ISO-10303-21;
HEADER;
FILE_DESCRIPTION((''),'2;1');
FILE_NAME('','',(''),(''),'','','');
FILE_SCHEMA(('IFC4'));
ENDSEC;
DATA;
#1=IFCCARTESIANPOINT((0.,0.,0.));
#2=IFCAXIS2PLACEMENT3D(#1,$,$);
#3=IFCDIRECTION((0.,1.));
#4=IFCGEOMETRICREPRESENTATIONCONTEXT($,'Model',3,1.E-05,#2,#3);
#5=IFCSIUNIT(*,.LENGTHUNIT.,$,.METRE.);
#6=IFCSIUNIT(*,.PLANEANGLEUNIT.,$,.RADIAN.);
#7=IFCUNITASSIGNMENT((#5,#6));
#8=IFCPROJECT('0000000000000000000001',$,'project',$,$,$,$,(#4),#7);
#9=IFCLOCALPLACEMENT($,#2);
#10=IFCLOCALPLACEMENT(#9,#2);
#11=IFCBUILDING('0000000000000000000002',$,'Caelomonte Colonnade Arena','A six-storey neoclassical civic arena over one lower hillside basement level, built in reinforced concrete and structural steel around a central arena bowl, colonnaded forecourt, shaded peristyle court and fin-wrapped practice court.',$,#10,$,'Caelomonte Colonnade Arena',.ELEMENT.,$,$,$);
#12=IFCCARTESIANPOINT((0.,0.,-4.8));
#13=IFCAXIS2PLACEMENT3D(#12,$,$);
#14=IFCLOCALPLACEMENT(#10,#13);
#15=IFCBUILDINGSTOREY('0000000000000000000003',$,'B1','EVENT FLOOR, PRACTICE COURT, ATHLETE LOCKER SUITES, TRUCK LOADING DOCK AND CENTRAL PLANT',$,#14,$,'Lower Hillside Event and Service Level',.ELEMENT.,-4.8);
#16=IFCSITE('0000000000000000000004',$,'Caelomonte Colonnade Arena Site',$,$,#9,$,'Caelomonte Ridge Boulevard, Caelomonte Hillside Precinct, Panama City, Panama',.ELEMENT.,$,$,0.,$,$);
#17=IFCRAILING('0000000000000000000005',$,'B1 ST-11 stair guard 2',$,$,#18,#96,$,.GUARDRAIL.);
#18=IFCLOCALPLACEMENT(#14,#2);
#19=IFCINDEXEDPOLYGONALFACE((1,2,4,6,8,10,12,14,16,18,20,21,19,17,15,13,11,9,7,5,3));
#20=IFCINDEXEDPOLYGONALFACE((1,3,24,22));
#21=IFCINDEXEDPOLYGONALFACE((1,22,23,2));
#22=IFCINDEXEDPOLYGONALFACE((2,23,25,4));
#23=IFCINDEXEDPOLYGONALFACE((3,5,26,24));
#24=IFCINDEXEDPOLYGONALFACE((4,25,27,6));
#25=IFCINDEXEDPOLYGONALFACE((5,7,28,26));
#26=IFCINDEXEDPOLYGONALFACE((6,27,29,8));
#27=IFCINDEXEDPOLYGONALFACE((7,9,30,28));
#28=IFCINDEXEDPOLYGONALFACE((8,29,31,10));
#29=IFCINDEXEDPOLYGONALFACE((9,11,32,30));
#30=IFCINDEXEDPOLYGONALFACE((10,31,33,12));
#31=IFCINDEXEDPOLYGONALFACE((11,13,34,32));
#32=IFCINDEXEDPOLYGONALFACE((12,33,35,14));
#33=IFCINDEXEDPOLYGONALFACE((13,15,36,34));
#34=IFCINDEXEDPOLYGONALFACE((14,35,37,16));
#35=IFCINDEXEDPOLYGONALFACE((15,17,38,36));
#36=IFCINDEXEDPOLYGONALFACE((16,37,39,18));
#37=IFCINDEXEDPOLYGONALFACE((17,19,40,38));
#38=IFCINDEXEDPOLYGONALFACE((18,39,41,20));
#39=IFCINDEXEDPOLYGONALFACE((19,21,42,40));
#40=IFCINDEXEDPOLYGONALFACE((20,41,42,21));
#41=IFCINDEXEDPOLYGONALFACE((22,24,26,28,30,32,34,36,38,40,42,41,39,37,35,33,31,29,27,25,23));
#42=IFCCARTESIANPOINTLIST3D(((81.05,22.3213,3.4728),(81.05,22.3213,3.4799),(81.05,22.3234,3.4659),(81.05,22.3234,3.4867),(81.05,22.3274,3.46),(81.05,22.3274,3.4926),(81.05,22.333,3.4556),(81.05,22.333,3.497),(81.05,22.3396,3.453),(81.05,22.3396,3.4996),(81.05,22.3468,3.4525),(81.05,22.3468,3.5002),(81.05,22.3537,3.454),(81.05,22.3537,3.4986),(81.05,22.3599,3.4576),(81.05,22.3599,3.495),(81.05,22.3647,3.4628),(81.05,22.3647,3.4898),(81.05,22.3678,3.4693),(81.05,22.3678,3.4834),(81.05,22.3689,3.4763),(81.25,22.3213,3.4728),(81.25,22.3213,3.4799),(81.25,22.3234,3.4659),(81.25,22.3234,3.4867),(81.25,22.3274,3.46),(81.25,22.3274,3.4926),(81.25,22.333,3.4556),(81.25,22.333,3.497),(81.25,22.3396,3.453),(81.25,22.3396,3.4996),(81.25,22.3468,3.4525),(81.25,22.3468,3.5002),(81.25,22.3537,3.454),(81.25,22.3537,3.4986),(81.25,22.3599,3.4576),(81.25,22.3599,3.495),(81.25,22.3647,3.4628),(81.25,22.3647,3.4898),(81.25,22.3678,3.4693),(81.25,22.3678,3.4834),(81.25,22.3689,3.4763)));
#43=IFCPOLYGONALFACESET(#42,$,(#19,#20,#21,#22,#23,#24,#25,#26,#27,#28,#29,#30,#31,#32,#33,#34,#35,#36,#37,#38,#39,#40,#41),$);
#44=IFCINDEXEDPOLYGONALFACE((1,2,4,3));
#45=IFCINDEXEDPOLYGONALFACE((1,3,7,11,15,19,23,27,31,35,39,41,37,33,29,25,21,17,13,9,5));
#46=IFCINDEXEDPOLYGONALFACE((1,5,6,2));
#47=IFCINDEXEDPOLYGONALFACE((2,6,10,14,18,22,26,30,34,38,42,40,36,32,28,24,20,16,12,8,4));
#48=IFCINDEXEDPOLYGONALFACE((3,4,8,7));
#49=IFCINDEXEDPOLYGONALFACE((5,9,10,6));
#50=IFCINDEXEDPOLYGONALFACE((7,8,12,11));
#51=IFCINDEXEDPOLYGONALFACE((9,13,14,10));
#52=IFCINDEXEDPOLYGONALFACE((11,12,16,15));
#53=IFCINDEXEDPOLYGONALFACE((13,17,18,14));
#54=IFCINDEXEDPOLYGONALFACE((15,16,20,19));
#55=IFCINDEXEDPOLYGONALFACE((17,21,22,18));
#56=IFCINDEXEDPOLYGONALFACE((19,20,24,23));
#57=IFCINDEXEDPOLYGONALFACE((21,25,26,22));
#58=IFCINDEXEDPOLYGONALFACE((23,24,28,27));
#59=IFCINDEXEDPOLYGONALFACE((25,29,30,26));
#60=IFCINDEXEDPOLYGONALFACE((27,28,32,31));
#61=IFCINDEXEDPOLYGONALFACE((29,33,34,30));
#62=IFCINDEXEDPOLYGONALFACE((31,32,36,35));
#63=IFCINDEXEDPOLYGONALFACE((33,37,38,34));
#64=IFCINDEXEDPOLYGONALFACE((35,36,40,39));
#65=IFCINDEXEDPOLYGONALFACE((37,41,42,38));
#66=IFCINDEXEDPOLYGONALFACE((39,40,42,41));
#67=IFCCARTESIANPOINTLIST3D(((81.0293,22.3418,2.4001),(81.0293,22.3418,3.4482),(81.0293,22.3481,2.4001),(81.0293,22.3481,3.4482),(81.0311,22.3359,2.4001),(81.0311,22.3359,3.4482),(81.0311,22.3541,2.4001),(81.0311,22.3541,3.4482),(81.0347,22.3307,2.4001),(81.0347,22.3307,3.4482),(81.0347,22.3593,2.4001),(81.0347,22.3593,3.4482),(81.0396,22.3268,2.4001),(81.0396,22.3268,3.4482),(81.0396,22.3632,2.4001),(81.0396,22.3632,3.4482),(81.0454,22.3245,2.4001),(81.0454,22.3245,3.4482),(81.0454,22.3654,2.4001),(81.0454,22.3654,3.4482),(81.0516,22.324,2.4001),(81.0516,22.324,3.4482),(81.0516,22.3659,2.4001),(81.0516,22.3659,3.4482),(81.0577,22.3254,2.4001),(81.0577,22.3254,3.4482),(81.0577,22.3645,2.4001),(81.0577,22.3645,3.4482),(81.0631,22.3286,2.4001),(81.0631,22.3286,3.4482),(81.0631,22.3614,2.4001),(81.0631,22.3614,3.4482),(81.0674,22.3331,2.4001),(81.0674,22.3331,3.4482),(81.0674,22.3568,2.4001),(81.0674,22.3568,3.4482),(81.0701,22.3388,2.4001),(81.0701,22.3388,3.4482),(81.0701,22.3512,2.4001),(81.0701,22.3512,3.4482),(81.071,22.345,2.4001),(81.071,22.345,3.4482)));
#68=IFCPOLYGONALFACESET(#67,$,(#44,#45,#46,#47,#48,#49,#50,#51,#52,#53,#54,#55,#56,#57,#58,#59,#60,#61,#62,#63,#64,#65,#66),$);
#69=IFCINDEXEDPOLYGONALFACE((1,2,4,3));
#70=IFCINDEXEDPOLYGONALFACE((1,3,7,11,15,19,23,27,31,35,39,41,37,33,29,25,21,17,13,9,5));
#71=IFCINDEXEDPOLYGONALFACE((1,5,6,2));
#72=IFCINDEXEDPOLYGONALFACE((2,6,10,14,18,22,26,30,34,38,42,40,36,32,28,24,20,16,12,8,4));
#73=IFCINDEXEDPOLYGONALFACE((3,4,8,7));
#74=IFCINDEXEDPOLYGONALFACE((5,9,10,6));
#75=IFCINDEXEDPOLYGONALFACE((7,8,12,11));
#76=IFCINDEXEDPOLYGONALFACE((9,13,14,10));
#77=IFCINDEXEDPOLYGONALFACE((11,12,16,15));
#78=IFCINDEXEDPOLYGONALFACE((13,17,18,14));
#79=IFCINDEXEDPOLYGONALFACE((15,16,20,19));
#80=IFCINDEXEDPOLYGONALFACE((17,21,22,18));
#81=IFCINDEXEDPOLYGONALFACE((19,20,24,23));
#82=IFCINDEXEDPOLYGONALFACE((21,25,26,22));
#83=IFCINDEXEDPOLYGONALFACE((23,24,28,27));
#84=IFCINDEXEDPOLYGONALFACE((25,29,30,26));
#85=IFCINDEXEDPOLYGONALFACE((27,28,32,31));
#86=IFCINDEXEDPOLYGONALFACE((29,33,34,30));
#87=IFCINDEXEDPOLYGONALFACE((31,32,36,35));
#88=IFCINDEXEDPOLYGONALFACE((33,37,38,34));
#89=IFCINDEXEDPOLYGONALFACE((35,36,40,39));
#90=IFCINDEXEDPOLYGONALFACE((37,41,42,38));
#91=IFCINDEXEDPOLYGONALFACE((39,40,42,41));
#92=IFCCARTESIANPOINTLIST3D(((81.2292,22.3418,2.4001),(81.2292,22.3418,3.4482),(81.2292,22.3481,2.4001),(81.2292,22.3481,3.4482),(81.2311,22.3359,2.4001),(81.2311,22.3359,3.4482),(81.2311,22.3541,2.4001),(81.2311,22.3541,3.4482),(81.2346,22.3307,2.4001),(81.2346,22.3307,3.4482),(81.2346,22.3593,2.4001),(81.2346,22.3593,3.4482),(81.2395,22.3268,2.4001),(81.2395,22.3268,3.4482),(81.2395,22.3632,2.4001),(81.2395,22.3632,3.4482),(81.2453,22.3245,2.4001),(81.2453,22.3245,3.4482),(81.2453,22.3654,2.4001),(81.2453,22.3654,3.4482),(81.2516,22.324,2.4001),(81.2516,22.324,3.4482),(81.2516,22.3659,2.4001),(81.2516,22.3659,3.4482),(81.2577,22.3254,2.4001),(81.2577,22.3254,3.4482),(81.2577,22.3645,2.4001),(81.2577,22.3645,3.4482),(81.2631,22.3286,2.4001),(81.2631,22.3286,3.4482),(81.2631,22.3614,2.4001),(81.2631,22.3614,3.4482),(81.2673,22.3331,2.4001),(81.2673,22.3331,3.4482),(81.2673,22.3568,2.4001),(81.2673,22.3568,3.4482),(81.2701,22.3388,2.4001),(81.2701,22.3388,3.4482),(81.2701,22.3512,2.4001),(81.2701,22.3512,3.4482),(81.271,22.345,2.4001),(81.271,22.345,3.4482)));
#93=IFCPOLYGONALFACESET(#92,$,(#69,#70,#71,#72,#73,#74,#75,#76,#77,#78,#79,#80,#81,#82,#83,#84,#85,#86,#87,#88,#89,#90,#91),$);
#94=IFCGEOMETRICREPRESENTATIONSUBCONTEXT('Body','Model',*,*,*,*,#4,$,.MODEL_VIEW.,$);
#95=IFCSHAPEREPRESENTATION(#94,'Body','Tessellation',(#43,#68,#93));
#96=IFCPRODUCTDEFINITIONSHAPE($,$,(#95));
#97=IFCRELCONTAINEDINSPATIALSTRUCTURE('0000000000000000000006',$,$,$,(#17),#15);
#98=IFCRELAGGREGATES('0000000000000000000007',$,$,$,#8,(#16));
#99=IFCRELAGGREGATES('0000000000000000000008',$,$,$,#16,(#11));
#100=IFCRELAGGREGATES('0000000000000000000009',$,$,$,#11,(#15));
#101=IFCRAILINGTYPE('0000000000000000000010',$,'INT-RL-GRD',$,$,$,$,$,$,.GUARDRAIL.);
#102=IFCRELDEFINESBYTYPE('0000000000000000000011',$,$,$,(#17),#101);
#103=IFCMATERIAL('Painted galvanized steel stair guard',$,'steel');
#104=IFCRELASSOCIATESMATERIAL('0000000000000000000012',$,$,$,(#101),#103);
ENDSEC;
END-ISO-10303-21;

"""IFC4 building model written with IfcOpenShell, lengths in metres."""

from ifc_helpers import new_model, si_unit, direction, frame, origin, origin_2d, place, context, subcontext, project, spatial, circle, extrude, material, type_object, element, save


model = new_model("IFC4")

# Units and contexts
model_context = context("Model", 3, precision=1e-05, world=origin(), true_north=direction((0.0, 1.0)))
body_context = subcontext(model_context, "Body", "Model", "MODEL_VIEW")
ifc_project = project(units=[si_unit("LENGTHUNIT", "METRE"), si_unit("PLANEANGLEUNIT", "RADIAN")], contexts=[model_context])

# Site, building, storey
site_placement = place(None, origin())
site = spatial("IfcSite", under=ifc_project, at=site_placement, Name="Caelomonte Colonnade Arena Site", LongName="Caelomonte Ridge Boulevard, Caelomonte Hillside Precinct, Panama City, Panama", CompositionType="ELEMENT", RefElevation=0.0)
building_placement = place(site_placement, origin())
building = spatial("IfcBuilding", under=site, at=building_placement, Name="Caelomonte Colonnade Arena", Description="A six-storey neoclassical civic arena over one lower hillside basement level, built in reinforced concrete and structural steel around a central arena bowl, colonnaded forecourt, shaded peristyle court and fin-wrapped practice court.", LongName="Caelomonte Colonnade Arena", CompositionType="ELEMENT")
storey_placement = place(building_placement, frame((0.0, 0.0, -4.8)))
storey = spatial("IfcBuildingStorey", under=building, at=storey_placement, Name="B1", Description="EVENT FLOOR, PRACTICE COURT, ATHLETE LOCKER SUITES, TRUCK LOADING DOCK AND CENTRAL PLANT", LongName="Lower Hillside Event and Service Level", CompositionType="ELEMENT", Elevation=-4.8)

# Railing
ifc_material_1 = material(Name="Painted galvanized steel stair guard", Category="steel")
railing_type_1 = type_object("IfcRailingType", Name="INT-RL-GRD", PredefinedType="GUARDRAIL", material=ifc_material_1)
railing_1_placement = place(storey_placement, frame((81.05, 22.345, 2.4001)))
element("IfcRailing", 1, at=railing_1_placement, inside=storey, type_object=railing_type_1, Name="B1 ST-11 stair guard 2", PredefinedType="GUARDRAIL", context=body_context, shape_type="SweptSolid", body=[
    extrude(circle(Radius=0.0239, at=origin_2d()), frame((0.0, 0.0, 1.0762), z_axis=(1.0, 0.0, 0.0), x_axis=(0.0, 1.0, 0.0)), (0.0, 0.0, 1.0), 0.2),
    extrude(circle(Radius=0.021, at=origin_2d()), origin(), (0.0, 0.0, 1.0), 1.0481),
    extrude(circle(Radius=0.021, at=origin_2d()), frame((0.2, 0.0, 0.0)), (0.0, 0.0, 1.0), 1.0481),
])

save(model, "model.ifc")
